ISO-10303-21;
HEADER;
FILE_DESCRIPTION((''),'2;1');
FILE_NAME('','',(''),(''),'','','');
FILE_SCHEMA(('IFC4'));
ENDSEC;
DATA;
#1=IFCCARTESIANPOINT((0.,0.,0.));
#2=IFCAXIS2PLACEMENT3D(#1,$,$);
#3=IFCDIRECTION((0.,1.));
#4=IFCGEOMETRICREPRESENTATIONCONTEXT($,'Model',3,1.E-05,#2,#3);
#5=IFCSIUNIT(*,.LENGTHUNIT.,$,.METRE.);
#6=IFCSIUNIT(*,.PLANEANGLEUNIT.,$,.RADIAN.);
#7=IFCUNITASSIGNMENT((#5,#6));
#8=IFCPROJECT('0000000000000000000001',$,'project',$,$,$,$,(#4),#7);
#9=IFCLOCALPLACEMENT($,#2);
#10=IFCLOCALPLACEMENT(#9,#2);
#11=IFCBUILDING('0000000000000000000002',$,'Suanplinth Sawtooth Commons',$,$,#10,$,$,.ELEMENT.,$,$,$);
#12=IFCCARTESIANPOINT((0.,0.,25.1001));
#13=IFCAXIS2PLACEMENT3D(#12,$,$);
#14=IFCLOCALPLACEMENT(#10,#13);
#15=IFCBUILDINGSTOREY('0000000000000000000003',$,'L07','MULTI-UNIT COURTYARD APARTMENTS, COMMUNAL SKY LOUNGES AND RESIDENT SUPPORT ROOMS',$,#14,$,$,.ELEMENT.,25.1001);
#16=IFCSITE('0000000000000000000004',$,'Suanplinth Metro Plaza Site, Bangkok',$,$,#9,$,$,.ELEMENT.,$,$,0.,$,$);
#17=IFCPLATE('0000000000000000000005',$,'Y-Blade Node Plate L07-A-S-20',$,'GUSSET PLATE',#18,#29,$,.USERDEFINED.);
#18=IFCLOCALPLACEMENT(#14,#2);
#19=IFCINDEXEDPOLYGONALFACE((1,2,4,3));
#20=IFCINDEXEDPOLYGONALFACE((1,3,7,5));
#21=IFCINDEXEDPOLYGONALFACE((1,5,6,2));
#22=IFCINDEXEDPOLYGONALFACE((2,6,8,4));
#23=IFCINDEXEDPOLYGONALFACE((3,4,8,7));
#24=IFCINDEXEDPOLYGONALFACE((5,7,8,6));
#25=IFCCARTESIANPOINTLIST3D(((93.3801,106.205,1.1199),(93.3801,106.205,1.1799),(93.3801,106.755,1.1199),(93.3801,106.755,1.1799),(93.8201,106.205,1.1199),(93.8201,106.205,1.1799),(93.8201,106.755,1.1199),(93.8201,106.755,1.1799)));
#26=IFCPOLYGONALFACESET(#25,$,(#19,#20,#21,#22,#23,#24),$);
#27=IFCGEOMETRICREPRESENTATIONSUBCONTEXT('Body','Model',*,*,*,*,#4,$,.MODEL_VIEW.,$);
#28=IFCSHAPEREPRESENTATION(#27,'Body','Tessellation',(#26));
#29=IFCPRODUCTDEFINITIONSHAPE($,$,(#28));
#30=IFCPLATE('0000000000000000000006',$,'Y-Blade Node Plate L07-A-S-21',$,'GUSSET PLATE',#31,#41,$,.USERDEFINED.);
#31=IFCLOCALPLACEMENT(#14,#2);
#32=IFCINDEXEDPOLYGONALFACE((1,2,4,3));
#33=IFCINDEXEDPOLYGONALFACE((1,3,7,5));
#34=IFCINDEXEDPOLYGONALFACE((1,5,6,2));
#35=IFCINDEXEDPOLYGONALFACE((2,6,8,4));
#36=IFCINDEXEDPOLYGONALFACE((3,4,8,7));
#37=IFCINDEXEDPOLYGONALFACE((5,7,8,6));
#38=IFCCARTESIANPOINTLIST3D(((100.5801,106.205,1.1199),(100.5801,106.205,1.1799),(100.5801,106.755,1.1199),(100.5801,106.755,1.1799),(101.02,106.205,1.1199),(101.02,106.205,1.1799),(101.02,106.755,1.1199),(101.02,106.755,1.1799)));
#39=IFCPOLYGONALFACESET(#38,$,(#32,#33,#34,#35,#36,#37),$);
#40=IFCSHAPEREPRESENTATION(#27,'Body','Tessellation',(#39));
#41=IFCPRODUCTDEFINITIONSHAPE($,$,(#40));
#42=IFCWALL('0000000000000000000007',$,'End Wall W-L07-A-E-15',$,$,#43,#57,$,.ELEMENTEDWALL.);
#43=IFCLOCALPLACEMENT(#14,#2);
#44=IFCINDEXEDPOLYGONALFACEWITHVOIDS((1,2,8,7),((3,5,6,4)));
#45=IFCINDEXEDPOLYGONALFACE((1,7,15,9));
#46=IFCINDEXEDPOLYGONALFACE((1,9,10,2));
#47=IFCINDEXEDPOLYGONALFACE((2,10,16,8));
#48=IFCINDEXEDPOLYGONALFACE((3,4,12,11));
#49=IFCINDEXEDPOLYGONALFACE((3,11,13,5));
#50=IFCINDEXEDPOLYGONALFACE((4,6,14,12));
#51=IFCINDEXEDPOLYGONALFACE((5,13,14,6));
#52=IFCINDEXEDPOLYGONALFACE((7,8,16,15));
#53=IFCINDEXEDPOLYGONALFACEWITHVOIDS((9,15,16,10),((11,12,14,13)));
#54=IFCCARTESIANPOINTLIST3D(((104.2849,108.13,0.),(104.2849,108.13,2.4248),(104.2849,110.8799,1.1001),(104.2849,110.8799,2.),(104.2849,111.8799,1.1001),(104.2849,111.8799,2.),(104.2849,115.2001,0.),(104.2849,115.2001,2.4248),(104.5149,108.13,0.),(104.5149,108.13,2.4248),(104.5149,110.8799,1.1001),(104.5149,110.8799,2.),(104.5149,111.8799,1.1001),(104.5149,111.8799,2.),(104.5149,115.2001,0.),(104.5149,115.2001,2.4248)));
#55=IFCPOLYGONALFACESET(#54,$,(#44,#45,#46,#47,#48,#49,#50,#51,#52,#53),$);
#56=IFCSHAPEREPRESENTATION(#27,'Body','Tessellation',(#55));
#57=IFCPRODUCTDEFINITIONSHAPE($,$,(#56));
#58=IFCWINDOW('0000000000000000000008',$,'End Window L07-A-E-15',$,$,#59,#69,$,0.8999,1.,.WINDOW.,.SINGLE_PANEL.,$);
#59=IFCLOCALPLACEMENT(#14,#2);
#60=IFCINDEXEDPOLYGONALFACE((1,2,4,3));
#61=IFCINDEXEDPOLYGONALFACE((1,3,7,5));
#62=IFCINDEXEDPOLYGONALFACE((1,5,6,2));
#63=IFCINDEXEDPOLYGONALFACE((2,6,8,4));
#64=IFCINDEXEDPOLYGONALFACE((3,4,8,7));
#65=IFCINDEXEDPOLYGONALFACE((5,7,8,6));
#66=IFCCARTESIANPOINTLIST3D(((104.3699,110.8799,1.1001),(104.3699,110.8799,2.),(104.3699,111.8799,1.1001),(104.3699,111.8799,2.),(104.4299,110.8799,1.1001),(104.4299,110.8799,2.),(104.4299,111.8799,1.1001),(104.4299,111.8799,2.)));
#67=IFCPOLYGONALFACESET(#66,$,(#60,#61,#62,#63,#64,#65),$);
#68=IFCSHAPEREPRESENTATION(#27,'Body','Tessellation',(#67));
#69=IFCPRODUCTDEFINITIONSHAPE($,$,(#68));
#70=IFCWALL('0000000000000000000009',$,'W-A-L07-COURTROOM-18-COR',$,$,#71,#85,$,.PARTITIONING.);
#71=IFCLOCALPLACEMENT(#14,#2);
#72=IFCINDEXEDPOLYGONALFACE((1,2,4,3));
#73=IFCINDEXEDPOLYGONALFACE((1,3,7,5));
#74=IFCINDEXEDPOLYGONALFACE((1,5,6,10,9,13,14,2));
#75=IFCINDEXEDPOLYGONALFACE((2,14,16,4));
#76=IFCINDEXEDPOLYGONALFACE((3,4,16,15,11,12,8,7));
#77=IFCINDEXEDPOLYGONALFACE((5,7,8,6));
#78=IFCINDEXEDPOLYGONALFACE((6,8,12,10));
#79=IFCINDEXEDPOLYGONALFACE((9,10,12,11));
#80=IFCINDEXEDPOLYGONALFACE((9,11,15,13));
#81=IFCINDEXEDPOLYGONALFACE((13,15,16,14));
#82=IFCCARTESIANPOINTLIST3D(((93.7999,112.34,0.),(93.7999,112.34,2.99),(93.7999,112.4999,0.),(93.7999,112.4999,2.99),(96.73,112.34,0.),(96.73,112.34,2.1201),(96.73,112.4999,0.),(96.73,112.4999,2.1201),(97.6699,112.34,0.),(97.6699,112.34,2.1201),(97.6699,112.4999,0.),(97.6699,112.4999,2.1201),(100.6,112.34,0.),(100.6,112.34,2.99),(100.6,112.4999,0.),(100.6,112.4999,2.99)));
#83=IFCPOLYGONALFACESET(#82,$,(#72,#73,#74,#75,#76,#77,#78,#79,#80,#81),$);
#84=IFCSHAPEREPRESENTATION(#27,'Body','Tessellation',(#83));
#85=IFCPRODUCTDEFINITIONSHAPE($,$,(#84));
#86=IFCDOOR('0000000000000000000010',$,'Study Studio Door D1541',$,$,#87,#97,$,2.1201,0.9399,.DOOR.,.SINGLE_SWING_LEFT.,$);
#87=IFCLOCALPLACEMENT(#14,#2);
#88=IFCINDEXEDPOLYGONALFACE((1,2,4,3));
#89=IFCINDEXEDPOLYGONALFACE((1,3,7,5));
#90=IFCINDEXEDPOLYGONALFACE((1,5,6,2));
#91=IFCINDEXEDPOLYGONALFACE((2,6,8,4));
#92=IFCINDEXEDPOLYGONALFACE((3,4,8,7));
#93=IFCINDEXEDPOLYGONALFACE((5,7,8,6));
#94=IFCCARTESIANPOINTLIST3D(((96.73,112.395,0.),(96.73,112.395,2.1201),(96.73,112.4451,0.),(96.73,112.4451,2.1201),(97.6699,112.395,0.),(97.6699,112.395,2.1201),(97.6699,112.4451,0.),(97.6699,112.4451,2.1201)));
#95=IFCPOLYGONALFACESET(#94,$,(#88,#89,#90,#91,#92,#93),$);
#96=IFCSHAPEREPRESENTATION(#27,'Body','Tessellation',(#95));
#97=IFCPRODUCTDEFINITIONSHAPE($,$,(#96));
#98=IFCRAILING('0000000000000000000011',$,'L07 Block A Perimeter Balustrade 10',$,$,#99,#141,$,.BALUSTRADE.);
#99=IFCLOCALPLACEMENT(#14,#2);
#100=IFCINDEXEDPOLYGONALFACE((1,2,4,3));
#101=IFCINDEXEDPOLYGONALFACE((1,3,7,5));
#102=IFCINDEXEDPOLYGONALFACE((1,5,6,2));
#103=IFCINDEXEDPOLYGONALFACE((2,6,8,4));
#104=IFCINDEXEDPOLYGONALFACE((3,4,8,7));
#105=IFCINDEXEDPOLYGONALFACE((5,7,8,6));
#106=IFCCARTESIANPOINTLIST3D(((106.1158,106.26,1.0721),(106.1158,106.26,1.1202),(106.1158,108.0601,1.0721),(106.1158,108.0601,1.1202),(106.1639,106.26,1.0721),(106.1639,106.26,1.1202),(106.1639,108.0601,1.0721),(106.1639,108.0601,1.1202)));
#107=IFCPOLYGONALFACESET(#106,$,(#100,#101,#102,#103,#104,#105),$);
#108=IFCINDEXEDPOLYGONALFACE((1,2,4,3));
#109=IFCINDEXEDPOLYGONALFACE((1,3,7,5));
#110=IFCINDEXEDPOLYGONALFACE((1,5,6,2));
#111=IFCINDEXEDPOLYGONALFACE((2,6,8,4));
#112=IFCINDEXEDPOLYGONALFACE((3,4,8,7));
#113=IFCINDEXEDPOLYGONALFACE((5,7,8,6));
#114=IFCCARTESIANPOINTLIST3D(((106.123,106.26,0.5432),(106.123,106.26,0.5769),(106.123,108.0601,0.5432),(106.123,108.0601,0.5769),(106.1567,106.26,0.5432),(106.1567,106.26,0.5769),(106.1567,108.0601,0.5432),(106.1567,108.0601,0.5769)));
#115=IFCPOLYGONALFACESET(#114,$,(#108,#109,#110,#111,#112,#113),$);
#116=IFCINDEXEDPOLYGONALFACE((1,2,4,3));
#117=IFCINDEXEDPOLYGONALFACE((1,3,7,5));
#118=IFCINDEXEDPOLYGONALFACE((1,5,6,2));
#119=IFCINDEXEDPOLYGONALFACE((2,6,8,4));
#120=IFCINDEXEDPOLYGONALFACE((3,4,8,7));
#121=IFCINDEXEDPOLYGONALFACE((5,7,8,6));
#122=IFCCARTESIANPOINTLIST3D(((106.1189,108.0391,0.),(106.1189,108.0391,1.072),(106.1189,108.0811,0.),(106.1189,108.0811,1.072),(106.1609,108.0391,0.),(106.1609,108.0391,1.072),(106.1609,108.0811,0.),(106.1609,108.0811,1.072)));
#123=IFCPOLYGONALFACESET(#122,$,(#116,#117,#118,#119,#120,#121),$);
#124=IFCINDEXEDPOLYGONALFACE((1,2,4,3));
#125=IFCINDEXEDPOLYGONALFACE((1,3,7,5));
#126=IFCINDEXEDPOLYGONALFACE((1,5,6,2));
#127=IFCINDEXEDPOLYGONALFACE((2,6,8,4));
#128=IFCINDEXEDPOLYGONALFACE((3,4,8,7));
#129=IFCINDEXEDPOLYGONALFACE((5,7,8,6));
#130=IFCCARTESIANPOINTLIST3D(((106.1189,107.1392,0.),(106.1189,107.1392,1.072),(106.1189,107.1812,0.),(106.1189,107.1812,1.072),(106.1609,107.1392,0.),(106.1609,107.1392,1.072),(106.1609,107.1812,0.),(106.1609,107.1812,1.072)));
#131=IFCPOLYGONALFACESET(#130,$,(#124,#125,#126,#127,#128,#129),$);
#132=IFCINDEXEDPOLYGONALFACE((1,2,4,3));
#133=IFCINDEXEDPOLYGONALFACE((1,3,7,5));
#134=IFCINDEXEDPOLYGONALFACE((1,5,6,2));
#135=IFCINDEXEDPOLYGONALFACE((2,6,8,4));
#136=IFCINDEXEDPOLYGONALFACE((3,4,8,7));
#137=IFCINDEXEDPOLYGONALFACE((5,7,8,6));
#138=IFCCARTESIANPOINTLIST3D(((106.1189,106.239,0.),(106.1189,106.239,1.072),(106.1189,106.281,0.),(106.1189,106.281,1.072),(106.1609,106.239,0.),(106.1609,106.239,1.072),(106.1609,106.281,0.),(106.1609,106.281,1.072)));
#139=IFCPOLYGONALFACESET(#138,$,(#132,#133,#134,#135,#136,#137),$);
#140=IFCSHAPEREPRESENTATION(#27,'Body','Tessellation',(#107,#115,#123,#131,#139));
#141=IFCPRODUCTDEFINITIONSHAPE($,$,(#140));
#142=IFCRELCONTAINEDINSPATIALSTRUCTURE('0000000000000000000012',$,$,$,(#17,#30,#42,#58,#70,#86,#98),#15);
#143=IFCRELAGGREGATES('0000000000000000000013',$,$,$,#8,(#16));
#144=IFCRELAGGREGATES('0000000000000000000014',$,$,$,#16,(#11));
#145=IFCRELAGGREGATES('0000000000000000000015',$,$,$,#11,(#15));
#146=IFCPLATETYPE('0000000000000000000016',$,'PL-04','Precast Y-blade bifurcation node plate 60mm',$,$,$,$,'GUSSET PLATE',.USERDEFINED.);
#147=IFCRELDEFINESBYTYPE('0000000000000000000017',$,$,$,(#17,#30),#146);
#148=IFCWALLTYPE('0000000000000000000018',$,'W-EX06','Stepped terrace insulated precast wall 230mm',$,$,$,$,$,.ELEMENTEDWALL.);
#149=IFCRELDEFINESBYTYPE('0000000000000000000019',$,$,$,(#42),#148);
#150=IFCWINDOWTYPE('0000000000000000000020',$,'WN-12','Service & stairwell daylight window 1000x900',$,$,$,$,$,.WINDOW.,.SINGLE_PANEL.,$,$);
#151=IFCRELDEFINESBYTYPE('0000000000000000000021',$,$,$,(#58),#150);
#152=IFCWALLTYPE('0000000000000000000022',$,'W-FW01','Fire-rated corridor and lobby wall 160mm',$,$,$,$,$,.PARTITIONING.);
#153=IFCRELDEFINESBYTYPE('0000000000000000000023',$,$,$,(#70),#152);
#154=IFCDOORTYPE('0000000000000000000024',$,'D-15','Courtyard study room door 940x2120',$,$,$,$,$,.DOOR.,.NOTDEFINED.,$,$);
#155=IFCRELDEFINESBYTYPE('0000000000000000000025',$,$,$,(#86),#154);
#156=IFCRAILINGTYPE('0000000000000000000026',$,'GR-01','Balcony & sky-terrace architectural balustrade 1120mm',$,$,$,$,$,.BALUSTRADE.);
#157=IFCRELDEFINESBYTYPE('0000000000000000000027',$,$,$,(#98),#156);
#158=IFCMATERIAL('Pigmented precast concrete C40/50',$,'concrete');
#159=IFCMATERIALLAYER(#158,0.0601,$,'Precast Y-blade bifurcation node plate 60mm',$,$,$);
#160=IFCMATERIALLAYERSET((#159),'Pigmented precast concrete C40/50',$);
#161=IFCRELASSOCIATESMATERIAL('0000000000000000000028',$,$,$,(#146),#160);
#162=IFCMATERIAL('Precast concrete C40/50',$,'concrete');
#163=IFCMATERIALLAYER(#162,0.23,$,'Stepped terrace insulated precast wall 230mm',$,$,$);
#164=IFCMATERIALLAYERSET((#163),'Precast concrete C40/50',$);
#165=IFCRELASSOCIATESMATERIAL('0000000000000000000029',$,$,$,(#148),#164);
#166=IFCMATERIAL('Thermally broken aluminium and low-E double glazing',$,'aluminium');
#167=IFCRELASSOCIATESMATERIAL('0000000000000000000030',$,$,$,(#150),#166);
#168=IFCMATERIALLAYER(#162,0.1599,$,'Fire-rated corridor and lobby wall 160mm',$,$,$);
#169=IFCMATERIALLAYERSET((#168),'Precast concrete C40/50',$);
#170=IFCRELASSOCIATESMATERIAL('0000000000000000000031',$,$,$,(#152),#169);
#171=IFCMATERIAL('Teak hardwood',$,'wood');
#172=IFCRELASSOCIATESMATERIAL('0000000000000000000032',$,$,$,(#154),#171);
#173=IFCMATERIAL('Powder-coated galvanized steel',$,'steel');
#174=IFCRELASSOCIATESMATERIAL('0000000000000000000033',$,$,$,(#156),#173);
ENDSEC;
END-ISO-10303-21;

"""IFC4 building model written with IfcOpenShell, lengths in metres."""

from ifc_helpers import new_model, si_unit, direction, frame, frame_2d, origin, origin_2d, place, context, subcontext, project, spatial, rectangle, extrude, material, layer, layer_set, type_object, element, fill, save


model = new_model("IFC4")

# Units and contexts
model_context = context("Model", 3, precision=1e-05, world=origin(), true_north=direction((0.0, 1.0)))
body_context = subcontext(model_context, "Body", "Model", "MODEL_VIEW")
ifc_project = project(units=[si_unit("LENGTHUNIT", "METRE"), si_unit("PLANEANGLEUNIT", "RADIAN")], contexts=[model_context])

# Site, building, storey
site_placement = place(None, origin())
site = spatial("IfcSite", under=ifc_project, at=site_placement, Name="Suanplinth Metro Plaza Site, Bangkok", CompositionType="ELEMENT", RefElevation=0.0)
building_placement = place(site_placement, origin())
building = spatial("IfcBuilding", under=site, at=building_placement, Name="Suanplinth Sawtooth Commons", CompositionType="ELEMENT")
storey_placement = place(building_placement, frame((0.0, 0.0, 25.1001)))
storey = spatial("IfcBuildingStorey", under=building, at=storey_placement, Name="L07", Description="MULTI-UNIT COURTYARD APARTMENTS, COMMUNAL SKY LOUNGES AND RESIDENT SUPPORT ROOMS", CompositionType="ELEMENT", Elevation=25.1001)

# Shared definitions
ifc_material_1 = material(Name="Precast concrete C40/50", Category="concrete")

# Shared definitions
ifc_material_2 = material(Name="Pigmented precast concrete C40/50", Category="concrete")

# Plates
ifc_layer_1 = layer(ifc_material_2, 0.0601, Name="Precast Y-blade bifurcation node plate 60mm")
ifc_layer_set_1 = layer_set([ifc_layer_1], Name="Pigmented precast concrete C40/50")
plate_type = type_object("IfcPlateType", Name="PL-04", Description="Precast Y-blade bifurcation node plate 60mm", ElementType="GUSSET PLATE", PredefinedType="USERDEFINED", material=ifc_layer_set_1)
for number, where, z_axis, x_axis, name in (
    (1, (93.6001, 106.48, 1.1199), (0.0, 0.0, 1.0), (1.0, 0.0, 0.0), "Y-Blade Node Plate L07-A-S-20"),
    (2, (100.8, 106.48, 1.1199), (0.0, 0.0, 1.0), (1.0, 0.0, 0.0), "Y-Blade Node Plate L07-A-S-21"),
):
    element("IfcPlate", number, at=place(storey_placement, frame(where, z_axis=z_axis, x_axis=x_axis)), inside=storey, type_object=plate_type, Name=name, ObjectType="GUSSET PLATE", PredefinedType="USERDEFINED", context=body_context, shape_type="SweptSolid", body=[
        extrude(rectangle(XDim=0.4399, YDim=0.55, at=origin_2d()), origin(), (0.0, 0.0, 1.0), 0.0601),
    ])

# Wall, opening, window
ifc_layer_2 = layer(ifc_material_1, 0.23, Name="Stepped terrace insulated precast wall 230mm")
ifc_layer_set_2 = layer_set([ifc_layer_2], Name="Precast concrete C40/50")
wall_type_1 = type_object("IfcWallType", Name="W-EX06", Description="Stepped terrace insulated precast wall 230mm", PredefinedType="ELEMENTEDWALL", material=ifc_layer_set_2)
wall_1_placement = place(storey_placement, frame((104.3999, 108.1299, 0.0), z_axis=(0.0, 0.0, 1.0), x_axis=(0.0, 1.0, 0.0)))
wall_1 = element("IfcWall", 3, at=wall_1_placement, inside=storey, type_object=wall_type_1, Name="End Wall W-L07-A-E-15", PredefinedType="ELEMENTEDWALL", context=body_context, shape_type="SweptSolid", body=[
    extrude(rectangle(XDim=7.0701, YDim=0.23, at=frame_2d((3.5352, 0.0))), origin(), (0.0, 0.0, 1.0), 2.4248),
])
opening_1_placement = place(wall_1_placement, frame((2.75, 0.0, 1.1001)))
opening_1 = element("IfcOpeningElement", 4, at=opening_1_placement, cuts=wall_1, PredefinedType="OPENING", context=body_context, shape_type="SweptSolid", body=[
    extrude(rectangle(XDim=1.0, YDim=0.8999, at=frame_2d((0.5, 0.45))), frame((0.0, 0.1299, 0.0), z_axis=(0.0, -1.0, 0.0), x_axis=(1.0, 0.0, 0.0)), (0.0, 0.0, 1.0), 0.2598),
])
ifc_material_3 = material(Name="Thermally broken aluminium and low-E double glazing", Category="aluminium")
window_type = type_object("IfcWindowType", Name="WN-12", Description="Service & stairwell daylight window 1000x900", PartitioningType="SINGLE_PANEL", PredefinedType="WINDOW", material=ifc_material_3)
window_placement = place(opening_1_placement, origin())
window = element("IfcWindow", 5, at=window_placement, inside=storey, type_object=window_type, Name="End Window L07-A-E-15", OverallHeight=0.8999, OverallWidth=1.0, PartitioningType="SINGLE_PANEL", PredefinedType="WINDOW", context=body_context, shape_type="SweptSolid", body=[
    extrude(rectangle(XDim=1.0, YDim=0.8999, at=frame_2d((0.5, 0.45))), frame((0.0, 0.03, 0.0), z_axis=(0.0, -1.0, 0.0), x_axis=(1.0, 0.0, 0.0)), (0.0, 0.0, 1.0), 0.0601),
])
fill(opening_1, window)

# Wall, opening, door
ifc_layer_3 = layer(ifc_material_1, 0.1599, Name="Fire-rated corridor and lobby wall 160mm")
ifc_layer_set_3 = layer_set([ifc_layer_3], Name="Precast concrete C40/50")
wall_type_2 = type_object("IfcWallType", Name="W-FW01", Description="Fire-rated corridor and lobby wall 160mm", PredefinedType="PARTITIONING", material=ifc_layer_set_3)
wall_2_placement = place(storey_placement, frame((93.8, 112.4199, 0.0), z_axis=(0.0, 0.0, 1.0), x_axis=(1.0, 0.0, 0.0)))
wall_2 = element("IfcWall", 6, at=wall_2_placement, inside=storey, type_object=wall_type_2, Name="W-A-L07-COURTROOM-18-COR", PredefinedType="PARTITIONING", context=body_context, shape_type="SweptSolid", body=[
    extrude(rectangle(XDim=6.8, YDim=0.1599, at=frame_2d((3.3999, 0.0))), origin(), (0.0, 0.0, 1.0), 2.99),
])
opening_2_placement = place(wall_2_placement, frame((2.9299, 0.0, 0.0)))
opening_2 = element("IfcOpeningElement", 7, at=opening_2_placement, cuts=wall_2, PredefinedType="OPENING", context=body_context, shape_type="SweptSolid", body=[
    extrude(rectangle(XDim=0.9399, YDim=2.1201, at=frame_2d((0.47, 1.0601))), frame((0.0, 0.0947, 0.0), z_axis=(0.0, -1.0, 0.0), x_axis=(1.0, 0.0, 0.0)), (0.0, 0.0, 1.0), 0.1897),
])
ifc_material_4 = material(Name="Teak hardwood", Category="wood")
door_type_1 = type_object("IfcDoorType", Name="D-15", Description="Courtyard study room door 940x2120", OperationType="NOTDEFINED", PredefinedType="DOOR", material=ifc_material_4)
door_1_placement = place(opening_2_placement, frame((0.9399, 0.0, 0.0), z_axis=(0.0, 0.0, 1.0), x_axis=(-1.0, 0.0, 0.0)))
door_1 = element("IfcDoor", 8, at=door_1_placement, inside=storey, type_object=door_type_1, Name="Study Studio Door D1541", OperationType="SINGLE_SWING_LEFT", OverallHeight=2.1201, OverallWidth=0.9399, PredefinedType="DOOR", context=body_context, shape_type="SweptSolid", body=[
    extrude(rectangle(XDim=0.9399, YDim=2.1201, at=frame_2d((0.47, 1.0601))), frame((0.0, 0.0249, 0.0), z_axis=(0.0, -1.0, 0.0), x_axis=(1.0, 0.0, 0.0)), (0.0, 0.0, 1.0), 0.05),
])
fill(opening_2, door_1)

# Railing
ifc_material_5 = material(Name="Powder-coated galvanized steel", Category="steel")
railing_type = type_object("IfcRailingType", Name="GR-01", Description="Balcony & sky-terrace architectural balustrade 1120mm", PredefinedType="BALUSTRADE", material=ifc_material_5)
railing_1_placement = place(storey_placement, frame((106.1399, 108.0601, 0.0)))
element("IfcRailing", 9, at=railing_1_placement, inside=storey, type_object=railing_type, Name="L07 Block A Perimeter Balustrade 10", PredefinedType="BALUSTRADE", context=body_context, shape_type="SweptSolid", body=[
    extrude(rectangle(XDim=0.0481, YDim=0.0481, at=origin_2d()), frame((0.0, 0.0, 1.0962), z_axis=(0.0, -1.0, 0.0), x_axis=(1.0, 0.0, 0.0)), (0.0, 0.0, 1.0), 1.8),
    extrude(rectangle(XDim=0.0337, YDim=0.0337, at=origin_2d()), frame((0.0, 0.0, 0.5601), z_axis=(0.0, -1.0, 0.0), x_axis=(1.0, 0.0, 0.0)), (0.0, 0.0, 1.0), 1.8),
    extrude(rectangle(XDim=0.042, YDim=0.042, at=origin_2d()), origin(), (0.0, 0.0, 1.0), 1.072),
    extrude(rectangle(XDim=0.042, YDim=0.042, at=origin_2d()), frame((0.0, -0.8999, 0.0)), (0.0, 0.0, 1.0), 1.072),
    extrude(rectangle(XDim=0.042, YDim=0.042, at=origin_2d()), frame((0.0, -1.8, 0.0)), (0.0, 0.0, 1.0), 1.072),
])

save(model, "model.ifc")
